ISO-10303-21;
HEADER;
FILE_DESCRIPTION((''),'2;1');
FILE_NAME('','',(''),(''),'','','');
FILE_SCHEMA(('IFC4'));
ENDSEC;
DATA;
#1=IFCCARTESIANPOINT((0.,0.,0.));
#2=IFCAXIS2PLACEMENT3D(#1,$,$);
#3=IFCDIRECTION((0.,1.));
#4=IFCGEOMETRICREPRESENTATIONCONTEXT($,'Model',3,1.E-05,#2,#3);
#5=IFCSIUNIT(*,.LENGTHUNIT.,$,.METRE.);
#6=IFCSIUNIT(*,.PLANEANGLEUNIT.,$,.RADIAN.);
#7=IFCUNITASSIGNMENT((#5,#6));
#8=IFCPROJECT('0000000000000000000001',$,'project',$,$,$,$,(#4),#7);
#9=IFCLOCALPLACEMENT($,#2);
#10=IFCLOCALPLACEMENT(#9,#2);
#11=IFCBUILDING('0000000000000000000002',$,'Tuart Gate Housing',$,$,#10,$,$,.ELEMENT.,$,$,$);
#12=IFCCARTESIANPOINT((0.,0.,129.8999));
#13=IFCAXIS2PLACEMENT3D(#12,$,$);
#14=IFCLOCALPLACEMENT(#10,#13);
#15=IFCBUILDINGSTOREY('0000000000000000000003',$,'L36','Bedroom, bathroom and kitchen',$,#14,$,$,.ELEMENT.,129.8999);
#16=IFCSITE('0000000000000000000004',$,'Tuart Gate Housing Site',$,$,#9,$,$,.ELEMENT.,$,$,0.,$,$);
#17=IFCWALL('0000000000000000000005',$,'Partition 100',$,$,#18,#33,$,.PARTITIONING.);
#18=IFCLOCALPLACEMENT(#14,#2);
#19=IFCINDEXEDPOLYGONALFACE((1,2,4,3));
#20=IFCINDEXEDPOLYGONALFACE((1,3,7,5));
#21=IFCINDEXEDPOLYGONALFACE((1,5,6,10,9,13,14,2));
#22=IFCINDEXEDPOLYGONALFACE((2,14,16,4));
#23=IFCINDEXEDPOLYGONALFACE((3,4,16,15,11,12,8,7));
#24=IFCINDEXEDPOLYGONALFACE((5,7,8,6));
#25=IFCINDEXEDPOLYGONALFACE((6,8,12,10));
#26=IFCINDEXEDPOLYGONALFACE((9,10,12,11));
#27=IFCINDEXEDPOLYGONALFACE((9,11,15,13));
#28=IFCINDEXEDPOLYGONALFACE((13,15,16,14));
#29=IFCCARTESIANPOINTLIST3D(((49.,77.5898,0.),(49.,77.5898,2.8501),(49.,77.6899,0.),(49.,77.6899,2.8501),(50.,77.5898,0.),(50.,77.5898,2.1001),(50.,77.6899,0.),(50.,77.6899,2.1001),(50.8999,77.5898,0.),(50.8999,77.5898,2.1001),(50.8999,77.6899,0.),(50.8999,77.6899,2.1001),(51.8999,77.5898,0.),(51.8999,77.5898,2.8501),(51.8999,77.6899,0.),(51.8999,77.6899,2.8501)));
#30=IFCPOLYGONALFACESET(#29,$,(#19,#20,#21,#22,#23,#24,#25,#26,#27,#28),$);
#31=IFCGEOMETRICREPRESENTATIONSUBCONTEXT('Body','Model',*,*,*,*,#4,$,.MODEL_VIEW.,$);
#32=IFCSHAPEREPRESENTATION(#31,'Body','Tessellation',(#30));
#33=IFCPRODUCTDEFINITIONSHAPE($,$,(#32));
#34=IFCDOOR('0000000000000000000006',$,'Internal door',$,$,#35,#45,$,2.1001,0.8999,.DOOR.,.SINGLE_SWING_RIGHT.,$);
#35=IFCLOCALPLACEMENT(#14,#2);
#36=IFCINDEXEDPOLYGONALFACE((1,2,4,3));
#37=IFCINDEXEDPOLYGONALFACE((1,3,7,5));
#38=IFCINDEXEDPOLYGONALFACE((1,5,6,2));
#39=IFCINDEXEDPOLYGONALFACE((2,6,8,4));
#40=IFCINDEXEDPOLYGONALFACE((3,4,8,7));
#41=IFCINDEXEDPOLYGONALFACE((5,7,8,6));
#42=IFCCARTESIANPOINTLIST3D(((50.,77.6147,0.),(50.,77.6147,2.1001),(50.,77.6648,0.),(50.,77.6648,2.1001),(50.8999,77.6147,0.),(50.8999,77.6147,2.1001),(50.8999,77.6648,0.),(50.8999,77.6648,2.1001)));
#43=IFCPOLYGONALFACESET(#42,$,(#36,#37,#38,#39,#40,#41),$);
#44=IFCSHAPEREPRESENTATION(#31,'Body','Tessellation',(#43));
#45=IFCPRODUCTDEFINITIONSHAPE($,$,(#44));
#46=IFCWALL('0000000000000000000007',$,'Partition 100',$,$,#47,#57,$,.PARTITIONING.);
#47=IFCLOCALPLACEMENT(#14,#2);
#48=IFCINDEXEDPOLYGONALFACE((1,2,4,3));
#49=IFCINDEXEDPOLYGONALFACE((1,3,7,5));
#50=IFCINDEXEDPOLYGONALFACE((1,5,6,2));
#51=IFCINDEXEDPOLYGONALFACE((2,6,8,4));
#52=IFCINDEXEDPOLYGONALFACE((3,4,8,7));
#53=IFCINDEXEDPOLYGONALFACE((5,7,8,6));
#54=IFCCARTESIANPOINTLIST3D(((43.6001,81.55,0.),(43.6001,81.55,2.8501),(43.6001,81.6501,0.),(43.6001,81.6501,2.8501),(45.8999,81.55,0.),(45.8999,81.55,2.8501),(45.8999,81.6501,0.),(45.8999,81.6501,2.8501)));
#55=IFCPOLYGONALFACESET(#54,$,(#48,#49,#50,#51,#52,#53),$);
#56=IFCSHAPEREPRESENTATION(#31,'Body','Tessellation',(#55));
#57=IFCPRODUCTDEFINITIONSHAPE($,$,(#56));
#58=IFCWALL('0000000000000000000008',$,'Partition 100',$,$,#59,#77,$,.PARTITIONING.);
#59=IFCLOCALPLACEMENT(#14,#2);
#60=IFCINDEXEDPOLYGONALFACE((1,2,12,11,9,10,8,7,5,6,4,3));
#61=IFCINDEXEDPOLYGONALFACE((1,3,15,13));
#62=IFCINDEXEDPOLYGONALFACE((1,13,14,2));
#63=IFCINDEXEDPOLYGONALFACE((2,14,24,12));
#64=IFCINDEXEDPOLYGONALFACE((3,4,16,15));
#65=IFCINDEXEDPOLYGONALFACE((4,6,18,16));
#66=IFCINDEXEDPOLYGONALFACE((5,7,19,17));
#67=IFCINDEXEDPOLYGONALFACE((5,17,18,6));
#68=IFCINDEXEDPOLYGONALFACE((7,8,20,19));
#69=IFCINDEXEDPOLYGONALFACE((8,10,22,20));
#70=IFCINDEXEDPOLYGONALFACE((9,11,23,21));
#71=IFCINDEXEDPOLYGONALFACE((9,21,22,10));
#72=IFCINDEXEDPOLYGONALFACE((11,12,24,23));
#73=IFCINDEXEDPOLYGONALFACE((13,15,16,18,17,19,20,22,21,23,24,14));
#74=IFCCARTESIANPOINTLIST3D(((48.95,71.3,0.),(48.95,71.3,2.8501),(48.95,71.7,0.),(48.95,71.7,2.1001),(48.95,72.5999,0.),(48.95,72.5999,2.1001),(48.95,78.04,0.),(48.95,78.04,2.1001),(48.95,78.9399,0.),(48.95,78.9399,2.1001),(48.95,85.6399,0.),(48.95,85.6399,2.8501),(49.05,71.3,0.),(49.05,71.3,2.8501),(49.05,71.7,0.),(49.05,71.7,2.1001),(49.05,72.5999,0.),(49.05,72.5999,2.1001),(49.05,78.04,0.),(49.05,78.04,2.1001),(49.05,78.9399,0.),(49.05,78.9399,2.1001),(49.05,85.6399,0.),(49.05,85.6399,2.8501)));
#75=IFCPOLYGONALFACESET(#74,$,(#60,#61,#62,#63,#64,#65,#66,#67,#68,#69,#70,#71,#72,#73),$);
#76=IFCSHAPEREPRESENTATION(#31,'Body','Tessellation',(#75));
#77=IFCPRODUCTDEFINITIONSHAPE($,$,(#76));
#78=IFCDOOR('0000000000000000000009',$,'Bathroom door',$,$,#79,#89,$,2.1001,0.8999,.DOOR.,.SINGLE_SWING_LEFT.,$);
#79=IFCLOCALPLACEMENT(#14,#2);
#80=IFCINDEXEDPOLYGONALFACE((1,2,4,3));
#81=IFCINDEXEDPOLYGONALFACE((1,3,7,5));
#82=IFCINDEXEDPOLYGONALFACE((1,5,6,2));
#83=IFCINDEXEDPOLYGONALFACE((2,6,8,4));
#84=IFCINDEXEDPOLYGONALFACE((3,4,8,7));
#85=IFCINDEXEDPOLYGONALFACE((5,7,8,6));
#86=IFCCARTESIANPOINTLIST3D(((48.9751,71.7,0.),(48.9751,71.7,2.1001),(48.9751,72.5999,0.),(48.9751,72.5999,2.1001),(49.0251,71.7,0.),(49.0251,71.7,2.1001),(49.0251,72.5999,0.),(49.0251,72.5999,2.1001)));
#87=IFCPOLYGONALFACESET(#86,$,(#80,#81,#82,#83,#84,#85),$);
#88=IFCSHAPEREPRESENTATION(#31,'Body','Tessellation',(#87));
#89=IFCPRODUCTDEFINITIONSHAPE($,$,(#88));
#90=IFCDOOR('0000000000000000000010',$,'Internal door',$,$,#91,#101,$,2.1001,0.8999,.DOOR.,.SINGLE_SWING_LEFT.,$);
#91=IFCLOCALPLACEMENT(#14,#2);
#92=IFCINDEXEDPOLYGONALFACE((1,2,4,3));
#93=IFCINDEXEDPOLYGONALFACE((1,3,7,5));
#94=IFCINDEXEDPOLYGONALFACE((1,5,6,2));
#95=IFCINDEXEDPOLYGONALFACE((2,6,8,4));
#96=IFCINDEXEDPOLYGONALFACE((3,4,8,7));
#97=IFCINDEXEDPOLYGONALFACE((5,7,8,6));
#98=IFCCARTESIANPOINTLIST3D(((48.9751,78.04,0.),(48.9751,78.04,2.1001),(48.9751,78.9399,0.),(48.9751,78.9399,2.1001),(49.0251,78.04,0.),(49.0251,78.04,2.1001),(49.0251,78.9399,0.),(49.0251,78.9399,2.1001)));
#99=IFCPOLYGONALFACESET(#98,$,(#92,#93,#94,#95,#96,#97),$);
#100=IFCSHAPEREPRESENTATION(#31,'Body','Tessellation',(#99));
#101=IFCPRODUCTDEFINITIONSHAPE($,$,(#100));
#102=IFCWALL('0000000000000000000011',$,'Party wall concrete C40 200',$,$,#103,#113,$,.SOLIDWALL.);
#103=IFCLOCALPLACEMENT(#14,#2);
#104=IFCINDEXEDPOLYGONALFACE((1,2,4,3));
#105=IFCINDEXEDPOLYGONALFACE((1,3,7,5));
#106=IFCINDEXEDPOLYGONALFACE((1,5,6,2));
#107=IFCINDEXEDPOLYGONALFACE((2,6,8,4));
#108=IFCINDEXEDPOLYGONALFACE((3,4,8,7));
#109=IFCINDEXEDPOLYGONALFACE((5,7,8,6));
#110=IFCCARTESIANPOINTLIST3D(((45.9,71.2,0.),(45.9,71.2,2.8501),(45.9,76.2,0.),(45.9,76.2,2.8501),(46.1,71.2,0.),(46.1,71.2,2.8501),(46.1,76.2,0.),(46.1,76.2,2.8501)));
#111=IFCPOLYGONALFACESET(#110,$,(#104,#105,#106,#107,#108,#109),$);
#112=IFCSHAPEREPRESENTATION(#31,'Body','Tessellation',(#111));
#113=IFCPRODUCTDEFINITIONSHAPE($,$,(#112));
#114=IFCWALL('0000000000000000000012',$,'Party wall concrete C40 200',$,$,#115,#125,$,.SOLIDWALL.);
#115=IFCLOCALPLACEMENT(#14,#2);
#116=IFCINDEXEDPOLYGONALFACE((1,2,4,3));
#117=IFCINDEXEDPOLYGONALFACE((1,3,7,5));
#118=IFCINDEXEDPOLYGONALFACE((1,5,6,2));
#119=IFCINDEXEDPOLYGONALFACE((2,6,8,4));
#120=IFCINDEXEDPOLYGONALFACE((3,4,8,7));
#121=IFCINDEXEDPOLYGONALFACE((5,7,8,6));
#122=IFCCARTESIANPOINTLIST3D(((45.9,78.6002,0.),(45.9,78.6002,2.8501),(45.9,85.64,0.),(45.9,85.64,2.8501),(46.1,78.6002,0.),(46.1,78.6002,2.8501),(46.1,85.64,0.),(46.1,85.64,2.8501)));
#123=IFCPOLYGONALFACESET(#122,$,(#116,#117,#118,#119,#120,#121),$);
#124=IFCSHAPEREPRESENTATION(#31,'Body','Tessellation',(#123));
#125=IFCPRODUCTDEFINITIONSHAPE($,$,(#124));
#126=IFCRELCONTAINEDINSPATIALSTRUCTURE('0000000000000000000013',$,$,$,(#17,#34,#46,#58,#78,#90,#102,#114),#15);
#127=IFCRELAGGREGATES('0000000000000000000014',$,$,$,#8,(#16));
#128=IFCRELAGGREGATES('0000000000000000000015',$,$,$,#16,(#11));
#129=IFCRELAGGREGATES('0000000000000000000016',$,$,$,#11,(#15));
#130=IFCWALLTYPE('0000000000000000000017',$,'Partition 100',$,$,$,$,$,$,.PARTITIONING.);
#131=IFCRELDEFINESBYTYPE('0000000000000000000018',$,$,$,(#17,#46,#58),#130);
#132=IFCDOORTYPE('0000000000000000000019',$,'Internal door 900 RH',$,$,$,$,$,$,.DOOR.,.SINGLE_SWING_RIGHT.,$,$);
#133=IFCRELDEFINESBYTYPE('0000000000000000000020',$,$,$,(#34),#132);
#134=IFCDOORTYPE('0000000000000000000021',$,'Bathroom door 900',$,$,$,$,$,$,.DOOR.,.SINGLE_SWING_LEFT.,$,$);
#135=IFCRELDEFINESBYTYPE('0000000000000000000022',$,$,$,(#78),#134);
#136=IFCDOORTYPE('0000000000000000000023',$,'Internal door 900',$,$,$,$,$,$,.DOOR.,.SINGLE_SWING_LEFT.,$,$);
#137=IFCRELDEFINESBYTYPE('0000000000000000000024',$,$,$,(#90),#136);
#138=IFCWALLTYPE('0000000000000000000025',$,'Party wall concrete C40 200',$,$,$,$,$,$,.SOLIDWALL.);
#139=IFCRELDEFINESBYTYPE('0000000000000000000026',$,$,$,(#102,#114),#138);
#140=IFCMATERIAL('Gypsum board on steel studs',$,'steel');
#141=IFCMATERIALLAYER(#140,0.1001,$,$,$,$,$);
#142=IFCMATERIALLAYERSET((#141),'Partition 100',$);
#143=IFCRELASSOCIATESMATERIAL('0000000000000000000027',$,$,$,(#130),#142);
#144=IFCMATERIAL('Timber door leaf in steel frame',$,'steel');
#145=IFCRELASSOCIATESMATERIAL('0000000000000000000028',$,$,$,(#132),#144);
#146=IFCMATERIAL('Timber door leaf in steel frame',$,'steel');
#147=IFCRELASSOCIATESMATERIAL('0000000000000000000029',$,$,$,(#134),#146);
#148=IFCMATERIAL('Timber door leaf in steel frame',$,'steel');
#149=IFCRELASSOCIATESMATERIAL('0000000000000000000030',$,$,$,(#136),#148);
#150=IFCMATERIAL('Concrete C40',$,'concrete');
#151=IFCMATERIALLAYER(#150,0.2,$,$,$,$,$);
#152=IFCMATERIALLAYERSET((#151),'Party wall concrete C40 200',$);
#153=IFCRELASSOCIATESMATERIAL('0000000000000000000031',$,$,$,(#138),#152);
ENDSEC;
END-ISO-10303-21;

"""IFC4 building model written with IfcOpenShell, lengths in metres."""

from ifc_helpers import new_model, si_unit, direction, frame, frame_2d, origin, place, context, subcontext, project, spatial, rectangle, extrude, material, layer, layer_set, type_object, element, fill, save


model = new_model("IFC4")

# Units and contexts
model_context = context("Model", 3, precision=1e-05, world=origin(), true_north=direction((0.0, 1.0)))
body_context = subcontext(model_context, "Body", "Model", "MODEL_VIEW")
ifc_project = project(units=[si_unit("LENGTHUNIT", "METRE"), si_unit("PLANEANGLEUNIT", "RADIAN")], contexts=[model_context])

# Site, building, storey
site_placement = place(None, origin())
site = spatial("IfcSite", under=ifc_project, at=site_placement, Name="Tuart Gate Housing Site", CompositionType="ELEMENT", RefElevation=0.0)
building_placement = place(site_placement, origin())
building = spatial("IfcBuilding", under=site, at=building_placement, Name="Tuart Gate Housing", CompositionType="ELEMENT")
storey_placement = place(building_placement, frame((0.0, 0.0, 129.8999)))
storey = spatial("IfcBuildingStorey", under=building, at=storey_placement, Name="L36", Description="Bedroom, bathroom and kitchen", CompositionType="ELEMENT", Elevation=129.8999)

# Shared definitions
ifc_material_1 = material(Name="Gypsum board on steel studs", Category="steel")
ifc_layer_1 = layer(ifc_material_1, 0.1001)
ifc_layer_set_1 = layer_set([ifc_layer_1], Name="Partition 100")
wall_type_1 = type_object("IfcWallType", Name="Partition 100", PredefinedType="PARTITIONING", material=ifc_layer_set_1)

# Wall, opening, door
wall_1_placement = place(storey_placement, frame((49.0, 77.6399, 0.0), z_axis=(0.0, 0.0, 1.0), x_axis=(1.0, 0.0, 0.0)))
wall_1 = element("IfcWall", 1, at=wall_1_placement, inside=storey, type_object=wall_type_1, Name="Partition 100", PredefinedType="PARTITIONING", context=body_context, shape_type="SweptSolid", body=[
    extrude(rectangle(XDim=2.8999, YDim=0.1001, at=frame_2d((1.45, 0.0))), origin(), (0.0, 0.0, 1.0), 2.8501),
])
opening_1_placement = place(wall_1_placement, frame((1.0, 0.0, 0.0)))
opening_1 = element("IfcOpeningElement", 2, at=opening_1_placement, cuts=wall_1, PredefinedType="OPENING", context=body_context, shape_type="SweptSolid", body=[
    extrude(rectangle(XDim=0.8999, YDim=2.1001, at=frame_2d((0.45, 1.05))), frame((0.0, 0.0601, 0.0), z_axis=(0.0, -1.0, 0.0), x_axis=(1.0, 0.0, 0.0)), (0.0, 0.0, 1.0), 0.1201),
])
ifc_material_2 = material(Name="Timber door leaf in steel frame", Category="steel")
door_type_1 = type_object("IfcDoorType", Name="Internal door 900 RH", OperationType="SINGLE_SWING_RIGHT", PredefinedType="DOOR", material=ifc_material_2)
door_1_placement = place(opening_1_placement, frame((0.8999, 0.0, 0.0), z_axis=(0.0, 0.0, 1.0), x_axis=(-1.0, 0.0, 0.0)))
door_1 = element("IfcDoor", 3, at=door_1_placement, inside=storey, type_object=door_type_1, Name="Internal door", OperationType="SINGLE_SWING_RIGHT", OverallHeight=2.1001, OverallWidth=0.8999, PredefinedType="DOOR", context=body_context, shape_type="SweptSolid", body=[
    extrude(rectangle(XDim=0.8999, YDim=2.1001, at=frame_2d((0.45, 1.05))), frame((0.0, 0.0251, 0.0), z_axis=(0.0, -1.0, 0.0), x_axis=(1.0, 0.0, 0.0)), (0.0, 0.0, 1.0), 0.05),
])
fill(opening_1, door_1)

# Wall
wall_2_placement = place(storey_placement, frame((43.6001, 81.6001, 0.0), z_axis=(0.0, 0.0, 1.0), x_axis=(1.0, 0.0, 0.0)))
element("IfcWall", 4, at=wall_2_placement, inside=storey, type_object=wall_type_1, Name="Partition 100", PredefinedType="PARTITIONING", context=body_context, shape_type="SweptSolid", body=[
    extrude(rectangle(XDim=2.2998, YDim=0.1001, at=frame_2d((1.1499, 0.0))), origin(), (0.0, 0.0, 1.0), 2.8501),
])

# Wall, openings, doors
wall_3_placement = place(storey_placement, frame((49.0, 71.3, 0.0), z_axis=(0.0, 0.0, 1.0), x_axis=(0.0, 1.0, 0.0)))
wall_3 = element("IfcWall", 5, at=wall_3_placement, inside=storey, type_object=wall_type_1, Name="Partition 100", PredefinedType="PARTITIONING", context=body_context, shape_type="SweptSolid", body=[
    extrude(rectangle(XDim=14.3398, YDim=0.1001, at=frame_2d((7.1699, 0.0))), origin(), (0.0, 0.0, 1.0), 2.8501),
])
opening_2_placement = place(wall_3_placement, frame((6.74, 0.0, 0.0)))
opening_2 = element("IfcOpeningElement", 6, at=opening_2_placement, cuts=wall_3, PredefinedType="OPENING", context=body_context, shape_type="SweptSolid", body=[
    extrude(rectangle(XDim=0.8999, YDim=2.1001, at=frame_2d((0.45, 1.05))), frame((0.0, 0.0601, 0.0), z_axis=(0.0, -1.0, 0.0), x_axis=(1.0, 0.0, 0.0)), (0.0, 0.0, 1.0), 0.1201),
])
opening_3_placement = place(wall_3_placement, frame((0.3999, 0.0, 0.0)))
opening_3 = element("IfcOpeningElement", 7, at=opening_3_placement, cuts=wall_3, PredefinedType="OPENING", context=body_context, shape_type="SweptSolid", body=[
    extrude(rectangle(XDim=0.8999, YDim=2.1001, at=frame_2d((0.45, 1.05))), frame((0.0, 0.0601, 0.0), z_axis=(0.0, -1.0, 0.0), x_axis=(1.0, 0.0, 0.0)), (0.0, 0.0, 1.0), 0.1201),
])
ifc_material_3 = material(Name="Timber door leaf in steel frame", Category="steel")
door_type_2 = type_object("IfcDoorType", Name="Bathroom door 900", OperationType="SINGLE_SWING_LEFT", PredefinedType="DOOR", material=ifc_material_3)
door_2_placement = place(opening_3_placement, origin())
door_2 = element("IfcDoor", 8, at=door_2_placement, inside=storey, type_object=door_type_2, Name="Bathroom door", OperationType="SINGLE_SWING_LEFT", OverallHeight=2.1001, OverallWidth=0.8999, PredefinedType="DOOR", context=body_context, shape_type="SweptSolid", body=[
    extrude(rectangle(XDim=0.8999, YDim=2.1001, at=frame_2d((0.45, 1.05))), frame((0.0, 0.0249, 0.0), z_axis=(0.0, -1.0, 0.0), x_axis=(1.0, 0.0, 0.0)), (0.0, 0.0, 1.0), 0.05),
])
fill(opening_3, door_2)
ifc_material_4 = material(Name="Timber door leaf in steel frame", Category="steel")
door_type_3 = type_object("IfcDoorType", Name="Internal door 900", OperationType="SINGLE_SWING_LEFT", PredefinedType="DOOR", material=ifc_material_4)
door_3_placement = place(opening_2_placement, origin())
door_3 = element("IfcDoor", 9, at=door_3_placement, inside=storey, type_object=door_type_3, Name="Internal door", OperationType="SINGLE_SWING_LEFT", OverallHeight=2.1001, OverallWidth=0.8999, PredefinedType="DOOR", context=body_context, shape_type="SweptSolid", body=[
    extrude(rectangle(XDim=0.8999, YDim=2.1001, at=frame_2d((0.45, 1.05))), frame((0.0, 0.0249, 0.0), z_axis=(0.0, -1.0, 0.0), x_axis=(1.0, 0.0, 0.0)), (0.0, 0.0, 1.0), 0.05),
])
fill(opening_2, door_3)

# Walls
ifc_material_5 = material(Name="Concrete C40", Category="concrete")
ifc_layer_2 = layer(ifc_material_5, 0.2)
ifc_layer_set_2 = layer_set([ifc_layer_2], Name="Party wall concrete C40 200")
wall_type_2 = type_object("IfcWallType", Name="Party wall concrete C40 200", PredefinedType="SOLIDWALL", material=ifc_layer_set_2)
wall_4_placement = place(storey_placement, frame((46.0, 71.2, 0.0), z_axis=(0.0, 0.0, 1.0), x_axis=(0.0, 1.0, 0.0)))
element("IfcWall", 10, at=wall_4_placement, inside=storey, type_object=wall_type_2, Name="Party wall concrete C40 200", PredefinedType="SOLIDWALL", context=body_context, shape_type="SweptSolid", body=[
    extrude(rectangle(XDim=5.0, YDim=0.2, at=frame_2d((2.5, 0.0))), origin(), (0.0, 0.0, 1.0), 2.8501),
])
wall_5_placement = place(storey_placement, frame((46.0, 78.6001, 0.0), z_axis=(0.0, 0.0, 1.0), x_axis=(0.0, 1.0, 0.0)))
element("IfcWall", 11, at=wall_5_placement, inside=storey, type_object=wall_type_2, Name="Party wall concrete C40 200", PredefinedType="SOLIDWALL", context=body_context, shape_type="SweptSolid", body=[
    extrude(rectangle(XDim=7.0398, YDim=0.2, at=frame_2d((3.52, 0.0))), origin(), (0.0, 0.0, 1.0), 2.8501),
])

save(model, "model.ifc")
